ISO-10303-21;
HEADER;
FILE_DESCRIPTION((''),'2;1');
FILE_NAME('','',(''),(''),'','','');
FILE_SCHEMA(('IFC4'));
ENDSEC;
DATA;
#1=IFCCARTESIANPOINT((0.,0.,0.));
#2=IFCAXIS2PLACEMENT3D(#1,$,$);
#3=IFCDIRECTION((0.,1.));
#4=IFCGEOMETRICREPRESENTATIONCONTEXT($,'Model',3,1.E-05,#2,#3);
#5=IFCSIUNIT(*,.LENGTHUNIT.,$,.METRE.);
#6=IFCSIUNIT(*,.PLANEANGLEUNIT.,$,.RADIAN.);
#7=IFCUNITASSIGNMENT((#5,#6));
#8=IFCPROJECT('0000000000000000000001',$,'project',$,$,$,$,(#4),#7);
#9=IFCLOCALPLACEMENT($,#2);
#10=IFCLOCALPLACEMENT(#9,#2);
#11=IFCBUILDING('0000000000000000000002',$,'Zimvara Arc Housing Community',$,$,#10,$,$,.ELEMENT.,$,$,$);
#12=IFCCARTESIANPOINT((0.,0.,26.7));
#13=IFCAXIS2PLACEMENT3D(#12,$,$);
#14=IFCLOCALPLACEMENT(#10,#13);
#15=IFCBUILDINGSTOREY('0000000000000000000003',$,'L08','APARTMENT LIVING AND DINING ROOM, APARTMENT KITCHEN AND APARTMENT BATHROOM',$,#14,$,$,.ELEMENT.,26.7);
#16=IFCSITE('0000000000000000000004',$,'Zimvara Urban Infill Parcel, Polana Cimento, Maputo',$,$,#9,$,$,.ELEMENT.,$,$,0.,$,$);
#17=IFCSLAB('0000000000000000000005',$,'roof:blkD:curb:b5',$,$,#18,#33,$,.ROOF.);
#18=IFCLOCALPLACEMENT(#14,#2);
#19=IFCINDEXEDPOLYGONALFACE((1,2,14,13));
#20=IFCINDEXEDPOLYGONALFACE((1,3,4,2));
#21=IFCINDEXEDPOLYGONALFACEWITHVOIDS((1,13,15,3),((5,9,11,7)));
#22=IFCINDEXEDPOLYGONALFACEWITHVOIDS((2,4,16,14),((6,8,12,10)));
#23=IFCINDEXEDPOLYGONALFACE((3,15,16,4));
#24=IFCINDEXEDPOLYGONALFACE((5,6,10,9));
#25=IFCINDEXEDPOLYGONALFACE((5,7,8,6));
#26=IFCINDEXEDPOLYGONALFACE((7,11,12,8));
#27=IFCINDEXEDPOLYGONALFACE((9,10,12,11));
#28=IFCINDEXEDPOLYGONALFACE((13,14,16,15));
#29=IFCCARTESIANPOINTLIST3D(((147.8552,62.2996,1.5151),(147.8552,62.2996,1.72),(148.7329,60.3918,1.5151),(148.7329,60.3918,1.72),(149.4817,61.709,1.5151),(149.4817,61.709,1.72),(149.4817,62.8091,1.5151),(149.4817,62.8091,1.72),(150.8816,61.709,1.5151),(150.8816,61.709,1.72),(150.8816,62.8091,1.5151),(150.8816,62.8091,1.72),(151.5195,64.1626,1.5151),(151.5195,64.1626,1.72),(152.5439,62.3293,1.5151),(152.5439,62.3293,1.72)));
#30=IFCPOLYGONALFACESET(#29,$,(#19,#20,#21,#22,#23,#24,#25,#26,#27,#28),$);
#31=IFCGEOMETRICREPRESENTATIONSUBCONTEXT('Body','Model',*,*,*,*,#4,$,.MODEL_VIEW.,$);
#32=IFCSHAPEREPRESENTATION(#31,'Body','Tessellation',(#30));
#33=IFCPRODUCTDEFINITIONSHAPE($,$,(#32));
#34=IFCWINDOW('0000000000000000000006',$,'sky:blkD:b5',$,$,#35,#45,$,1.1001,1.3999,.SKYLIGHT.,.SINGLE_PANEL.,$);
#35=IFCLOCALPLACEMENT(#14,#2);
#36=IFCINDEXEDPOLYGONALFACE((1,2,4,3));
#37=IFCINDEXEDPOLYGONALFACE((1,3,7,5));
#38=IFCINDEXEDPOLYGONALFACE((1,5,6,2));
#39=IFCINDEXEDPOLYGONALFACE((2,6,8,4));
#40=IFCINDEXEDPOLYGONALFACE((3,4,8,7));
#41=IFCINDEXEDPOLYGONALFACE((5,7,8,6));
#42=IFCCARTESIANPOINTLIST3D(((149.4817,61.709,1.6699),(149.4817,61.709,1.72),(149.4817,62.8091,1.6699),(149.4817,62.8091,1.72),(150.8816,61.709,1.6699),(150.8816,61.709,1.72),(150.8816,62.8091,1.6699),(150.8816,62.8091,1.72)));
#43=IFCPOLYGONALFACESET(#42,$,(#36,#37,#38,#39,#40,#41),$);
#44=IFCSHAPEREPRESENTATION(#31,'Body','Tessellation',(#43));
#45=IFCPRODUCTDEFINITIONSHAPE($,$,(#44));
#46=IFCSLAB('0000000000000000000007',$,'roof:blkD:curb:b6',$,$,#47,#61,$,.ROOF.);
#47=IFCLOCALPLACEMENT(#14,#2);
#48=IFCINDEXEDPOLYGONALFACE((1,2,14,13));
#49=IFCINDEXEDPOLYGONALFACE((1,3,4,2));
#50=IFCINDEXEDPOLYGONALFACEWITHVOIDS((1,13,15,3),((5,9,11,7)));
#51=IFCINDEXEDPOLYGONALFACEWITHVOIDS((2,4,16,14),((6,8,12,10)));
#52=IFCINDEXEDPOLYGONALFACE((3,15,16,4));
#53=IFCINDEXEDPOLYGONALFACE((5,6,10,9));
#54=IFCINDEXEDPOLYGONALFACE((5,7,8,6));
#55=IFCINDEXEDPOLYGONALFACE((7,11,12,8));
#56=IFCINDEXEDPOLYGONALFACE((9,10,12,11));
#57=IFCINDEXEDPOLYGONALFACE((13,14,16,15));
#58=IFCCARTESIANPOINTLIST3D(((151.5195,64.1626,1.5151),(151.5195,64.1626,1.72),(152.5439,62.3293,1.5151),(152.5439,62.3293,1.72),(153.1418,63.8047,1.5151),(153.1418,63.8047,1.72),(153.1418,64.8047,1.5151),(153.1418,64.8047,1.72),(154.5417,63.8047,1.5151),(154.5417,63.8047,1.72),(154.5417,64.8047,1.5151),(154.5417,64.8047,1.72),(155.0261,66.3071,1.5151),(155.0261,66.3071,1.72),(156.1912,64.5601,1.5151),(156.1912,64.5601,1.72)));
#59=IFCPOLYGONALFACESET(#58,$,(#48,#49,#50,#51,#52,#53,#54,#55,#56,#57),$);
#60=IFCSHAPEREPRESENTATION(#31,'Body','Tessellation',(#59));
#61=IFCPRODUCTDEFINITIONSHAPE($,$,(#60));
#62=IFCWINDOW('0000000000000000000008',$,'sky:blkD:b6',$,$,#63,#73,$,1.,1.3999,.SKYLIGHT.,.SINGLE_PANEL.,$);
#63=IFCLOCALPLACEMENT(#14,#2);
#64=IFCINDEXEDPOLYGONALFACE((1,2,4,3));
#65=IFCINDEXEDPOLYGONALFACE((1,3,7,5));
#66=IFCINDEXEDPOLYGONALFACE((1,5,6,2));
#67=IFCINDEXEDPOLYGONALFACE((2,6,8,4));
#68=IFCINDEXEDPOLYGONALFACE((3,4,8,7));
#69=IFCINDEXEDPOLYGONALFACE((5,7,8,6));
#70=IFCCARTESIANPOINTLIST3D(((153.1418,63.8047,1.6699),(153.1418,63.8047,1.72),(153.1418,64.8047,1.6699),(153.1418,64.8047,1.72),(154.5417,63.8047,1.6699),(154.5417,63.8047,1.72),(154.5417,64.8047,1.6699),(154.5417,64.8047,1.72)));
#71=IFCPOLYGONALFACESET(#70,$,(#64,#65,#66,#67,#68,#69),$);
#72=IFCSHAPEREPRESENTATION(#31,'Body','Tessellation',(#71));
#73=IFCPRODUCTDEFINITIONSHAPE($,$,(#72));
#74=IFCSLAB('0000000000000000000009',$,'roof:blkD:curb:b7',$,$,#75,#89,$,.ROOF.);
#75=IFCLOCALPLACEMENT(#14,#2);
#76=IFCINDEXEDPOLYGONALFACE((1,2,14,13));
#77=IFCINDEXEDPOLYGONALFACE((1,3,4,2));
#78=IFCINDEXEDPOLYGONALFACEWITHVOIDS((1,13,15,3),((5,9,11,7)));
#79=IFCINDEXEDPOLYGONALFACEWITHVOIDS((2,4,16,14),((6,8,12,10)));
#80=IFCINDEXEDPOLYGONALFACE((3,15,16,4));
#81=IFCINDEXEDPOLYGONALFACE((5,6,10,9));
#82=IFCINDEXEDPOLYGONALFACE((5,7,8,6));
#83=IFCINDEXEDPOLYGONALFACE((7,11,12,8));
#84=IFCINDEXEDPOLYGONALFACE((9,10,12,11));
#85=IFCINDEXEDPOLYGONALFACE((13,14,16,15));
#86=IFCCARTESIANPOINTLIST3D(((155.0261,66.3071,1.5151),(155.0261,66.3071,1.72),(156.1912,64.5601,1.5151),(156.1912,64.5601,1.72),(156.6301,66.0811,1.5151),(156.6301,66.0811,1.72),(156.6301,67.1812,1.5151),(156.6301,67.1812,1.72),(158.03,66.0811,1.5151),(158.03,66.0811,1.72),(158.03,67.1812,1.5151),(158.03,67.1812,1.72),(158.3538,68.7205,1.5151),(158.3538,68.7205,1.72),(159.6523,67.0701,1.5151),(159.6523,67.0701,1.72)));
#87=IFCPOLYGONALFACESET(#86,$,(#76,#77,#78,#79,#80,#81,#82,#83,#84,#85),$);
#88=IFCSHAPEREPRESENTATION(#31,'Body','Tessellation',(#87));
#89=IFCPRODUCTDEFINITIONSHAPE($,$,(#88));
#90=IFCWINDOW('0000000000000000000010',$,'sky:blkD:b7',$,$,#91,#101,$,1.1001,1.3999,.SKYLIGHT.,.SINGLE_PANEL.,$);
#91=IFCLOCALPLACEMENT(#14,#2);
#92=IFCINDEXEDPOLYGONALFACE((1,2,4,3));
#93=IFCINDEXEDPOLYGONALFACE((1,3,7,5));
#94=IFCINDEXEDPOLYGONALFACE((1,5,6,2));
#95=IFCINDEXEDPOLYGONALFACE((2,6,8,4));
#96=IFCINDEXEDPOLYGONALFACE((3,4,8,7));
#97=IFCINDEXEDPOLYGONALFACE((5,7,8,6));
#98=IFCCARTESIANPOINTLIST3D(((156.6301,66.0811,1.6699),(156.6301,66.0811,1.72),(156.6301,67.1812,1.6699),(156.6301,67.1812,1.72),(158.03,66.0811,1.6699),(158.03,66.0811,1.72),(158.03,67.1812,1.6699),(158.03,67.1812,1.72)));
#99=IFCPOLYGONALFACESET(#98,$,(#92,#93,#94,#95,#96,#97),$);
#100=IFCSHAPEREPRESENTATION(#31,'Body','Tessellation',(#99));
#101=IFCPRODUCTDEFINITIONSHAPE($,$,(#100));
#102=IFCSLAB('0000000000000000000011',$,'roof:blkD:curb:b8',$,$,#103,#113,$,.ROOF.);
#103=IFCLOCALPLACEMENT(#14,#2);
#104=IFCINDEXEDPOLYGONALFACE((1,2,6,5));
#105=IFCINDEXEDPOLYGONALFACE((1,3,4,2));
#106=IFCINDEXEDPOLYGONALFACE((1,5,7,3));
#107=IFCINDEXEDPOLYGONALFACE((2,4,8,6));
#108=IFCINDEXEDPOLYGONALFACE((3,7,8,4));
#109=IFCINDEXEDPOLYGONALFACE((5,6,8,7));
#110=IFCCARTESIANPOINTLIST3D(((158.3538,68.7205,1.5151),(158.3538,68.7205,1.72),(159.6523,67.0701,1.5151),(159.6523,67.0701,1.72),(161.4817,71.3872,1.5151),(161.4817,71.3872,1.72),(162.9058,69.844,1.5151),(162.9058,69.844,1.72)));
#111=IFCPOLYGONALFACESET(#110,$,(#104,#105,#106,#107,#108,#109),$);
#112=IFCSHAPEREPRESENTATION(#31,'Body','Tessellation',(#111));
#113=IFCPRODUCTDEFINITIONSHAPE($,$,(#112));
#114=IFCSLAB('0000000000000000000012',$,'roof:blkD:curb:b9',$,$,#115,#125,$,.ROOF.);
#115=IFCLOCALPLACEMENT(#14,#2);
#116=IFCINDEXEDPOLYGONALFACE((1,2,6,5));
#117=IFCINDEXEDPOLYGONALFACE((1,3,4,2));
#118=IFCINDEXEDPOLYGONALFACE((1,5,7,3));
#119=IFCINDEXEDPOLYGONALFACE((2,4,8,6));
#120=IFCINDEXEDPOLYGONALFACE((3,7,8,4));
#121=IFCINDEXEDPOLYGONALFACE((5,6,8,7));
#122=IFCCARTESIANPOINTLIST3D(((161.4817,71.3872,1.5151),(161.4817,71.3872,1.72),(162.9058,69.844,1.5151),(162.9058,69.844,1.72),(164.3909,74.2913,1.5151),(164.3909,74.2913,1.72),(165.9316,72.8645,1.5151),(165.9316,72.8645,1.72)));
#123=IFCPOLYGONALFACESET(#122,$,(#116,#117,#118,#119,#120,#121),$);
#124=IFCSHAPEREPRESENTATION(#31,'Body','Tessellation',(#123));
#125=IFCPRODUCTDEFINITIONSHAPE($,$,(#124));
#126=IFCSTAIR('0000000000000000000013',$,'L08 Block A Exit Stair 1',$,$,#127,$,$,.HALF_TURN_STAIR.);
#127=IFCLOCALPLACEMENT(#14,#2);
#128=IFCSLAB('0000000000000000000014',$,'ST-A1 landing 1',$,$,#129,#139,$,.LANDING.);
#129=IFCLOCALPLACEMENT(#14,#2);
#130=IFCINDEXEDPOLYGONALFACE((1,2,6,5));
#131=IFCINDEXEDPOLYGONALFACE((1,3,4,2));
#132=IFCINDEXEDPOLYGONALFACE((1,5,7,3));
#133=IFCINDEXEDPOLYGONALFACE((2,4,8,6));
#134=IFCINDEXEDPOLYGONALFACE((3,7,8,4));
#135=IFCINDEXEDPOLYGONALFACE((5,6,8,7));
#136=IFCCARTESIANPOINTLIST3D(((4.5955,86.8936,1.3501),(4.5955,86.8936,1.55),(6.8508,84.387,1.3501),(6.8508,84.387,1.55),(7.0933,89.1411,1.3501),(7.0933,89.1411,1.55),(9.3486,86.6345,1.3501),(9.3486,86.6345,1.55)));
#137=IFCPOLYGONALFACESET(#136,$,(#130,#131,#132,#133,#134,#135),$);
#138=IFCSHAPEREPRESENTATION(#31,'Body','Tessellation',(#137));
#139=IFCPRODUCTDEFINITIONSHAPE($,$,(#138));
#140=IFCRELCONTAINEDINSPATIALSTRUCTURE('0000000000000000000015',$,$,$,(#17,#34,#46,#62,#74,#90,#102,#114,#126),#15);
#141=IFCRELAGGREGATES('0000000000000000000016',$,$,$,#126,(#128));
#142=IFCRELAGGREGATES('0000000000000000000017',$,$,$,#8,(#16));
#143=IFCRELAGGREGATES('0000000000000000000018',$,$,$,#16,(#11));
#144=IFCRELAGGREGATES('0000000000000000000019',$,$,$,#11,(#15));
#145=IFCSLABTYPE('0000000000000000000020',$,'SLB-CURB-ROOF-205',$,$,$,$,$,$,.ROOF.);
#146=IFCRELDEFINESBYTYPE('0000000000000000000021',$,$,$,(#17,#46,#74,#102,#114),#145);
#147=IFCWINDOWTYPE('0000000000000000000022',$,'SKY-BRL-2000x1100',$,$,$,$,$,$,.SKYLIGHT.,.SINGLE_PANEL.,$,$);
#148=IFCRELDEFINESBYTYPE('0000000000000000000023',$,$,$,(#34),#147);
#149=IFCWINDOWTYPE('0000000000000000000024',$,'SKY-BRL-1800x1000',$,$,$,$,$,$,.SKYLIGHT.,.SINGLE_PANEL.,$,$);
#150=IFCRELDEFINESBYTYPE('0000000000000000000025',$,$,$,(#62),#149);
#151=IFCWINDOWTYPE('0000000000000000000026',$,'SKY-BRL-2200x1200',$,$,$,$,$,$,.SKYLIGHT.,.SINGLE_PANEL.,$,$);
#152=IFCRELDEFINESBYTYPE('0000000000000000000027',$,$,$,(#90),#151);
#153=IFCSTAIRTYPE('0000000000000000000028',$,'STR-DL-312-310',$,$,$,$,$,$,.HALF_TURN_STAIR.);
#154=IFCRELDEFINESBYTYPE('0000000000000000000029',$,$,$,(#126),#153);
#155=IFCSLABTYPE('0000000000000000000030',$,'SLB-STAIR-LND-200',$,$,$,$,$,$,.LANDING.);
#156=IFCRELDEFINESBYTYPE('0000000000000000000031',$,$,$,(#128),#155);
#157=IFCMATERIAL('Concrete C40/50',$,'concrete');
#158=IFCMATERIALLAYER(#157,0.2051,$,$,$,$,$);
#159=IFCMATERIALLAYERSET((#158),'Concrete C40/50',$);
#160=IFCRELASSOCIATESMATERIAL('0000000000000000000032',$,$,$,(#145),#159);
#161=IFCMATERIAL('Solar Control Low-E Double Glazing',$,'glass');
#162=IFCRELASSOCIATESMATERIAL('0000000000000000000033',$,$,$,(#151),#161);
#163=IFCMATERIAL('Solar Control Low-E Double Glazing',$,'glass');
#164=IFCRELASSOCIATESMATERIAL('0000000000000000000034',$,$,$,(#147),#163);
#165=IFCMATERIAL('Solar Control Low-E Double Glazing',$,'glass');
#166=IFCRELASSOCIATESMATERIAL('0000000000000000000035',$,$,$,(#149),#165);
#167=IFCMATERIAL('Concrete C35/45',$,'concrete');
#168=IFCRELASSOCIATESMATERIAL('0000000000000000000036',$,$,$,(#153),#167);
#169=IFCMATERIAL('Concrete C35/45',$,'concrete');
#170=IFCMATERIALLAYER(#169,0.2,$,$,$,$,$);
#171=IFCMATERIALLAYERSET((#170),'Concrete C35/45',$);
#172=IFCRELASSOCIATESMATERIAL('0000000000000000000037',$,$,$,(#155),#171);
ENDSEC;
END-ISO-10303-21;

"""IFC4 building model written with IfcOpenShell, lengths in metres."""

from ifc_helpers import new_model, si_unit, direction, frame, origin, origin_2d, place, context, subcontext, project, spatial, polyline, rectangle, outline, extrude, material, layer, layer_set, type_object, element, fill, aggregate, save


model = new_model("IFC4")

# Units and contexts
model_context = context("Model", 3, precision=1e-05, world=origin(), true_north=direction((0.0, 1.0)))
body_context = subcontext(model_context, "Body", "Model", "MODEL_VIEW")
ifc_project = project(units=[si_unit("LENGTHUNIT", "METRE"), si_unit("PLANEANGLEUNIT", "RADIAN")], contexts=[model_context])

# Site, building, storey
site_placement = place(None, origin())
site = spatial("IfcSite", under=ifc_project, at=site_placement, Name="Zimvara Urban Infill Parcel, Polana Cimento, Maputo", CompositionType="ELEMENT", RefElevation=0.0)
building_placement = place(site_placement, origin())
building = spatial("IfcBuilding", under=site, at=building_placement, Name="Zimvara Arc Housing Community", CompositionType="ELEMENT")
storey_placement = place(building_placement, frame((0.0, 0.0, 26.7)))
storey = spatial("IfcBuildingStorey", under=building, at=storey_placement, Name="L08", Description="APARTMENT LIVING AND DINING ROOM, APARTMENT KITCHEN AND APARTMENT BATHROOM", CompositionType="ELEMENT", Elevation=26.7)

# Slabs, openings, windows
ifc_material_1 = material(Name="Concrete C40/50", Category="concrete")
ifc_layer_1 = layer(ifc_material_1, 0.2051)
ifc_layer_set_1 = layer_set([ifc_layer_1], Name="Concrete C40/50")
slab_type_1 = type_object("IfcSlabType", Name="SLB-CURB-ROOF-205", PredefinedType="ROOF", material=ifc_layer_set_1)
ifc_material_2 = material(Name="Solar Control Low-E Double Glazing", Category="glass")
window_type_1 = type_object("IfcWindowType", Name="SKY-BRL-2200x1200", PartitioningType="SINGLE_PANEL", PredefinedType="SKYLIGHT", material=ifc_material_2)
ifc_material_3 = material(Name="Solar Control Low-E Double Glazing", Category="glass")
window_type_2 = type_object("IfcWindowType", Name="SKY-BRL-2000x1100", PartitioningType="SINGLE_PANEL", PredefinedType="SKYLIGHT", material=ifc_material_3)
ifc_material_4 = material(Name="Solar Control Low-E Double Glazing", Category="glass")
window_type_3 = type_object("IfcWindowType", Name="SKY-BRL-1800x1000", PartitioningType="SINGLE_PANEL", PredefinedType="SKYLIGHT", material=ifc_material_4)
slab_1_placement = place(storey_placement, frame((0.0, 0.0, 1.5151)))
slab_1 = element("IfcSlab", 1, at=slab_1_placement, inside=storey, type_object=slab_type_1, Name="roof:blkD:curb:b5", PredefinedType="ROOF", context=body_context, shape_type="SweptSolid", body=[
    extrude(outline(polyline([(148.7329, 60.3918), (152.5439, 62.3293), (151.5195, 64.1626), (147.8552, 62.2996), (148.7329, 60.3918)])), origin(), (0.0, 0.0, 1.0), 0.2048),
])
opening_1_placement = place(slab_1_placement, frame((150.1816, 62.259, 0.0)))
opening_1 = element("IfcOpeningElement", 2, at=opening_1_placement, cuts=slab_1, PredefinedType="OPENING", context=body_context, shape_type="SweptSolid", body=[
    extrude(rectangle(XDim=1.3999, YDim=1.1001, at=origin_2d()), origin(), (0.0, 0.0, 1.0), 0.2048),
])
window_1_placement = place(opening_1_placement, frame((0.0, 0.0, 0.1548)))
window_1 = element("IfcWindow", 3, at=window_1_placement, inside=storey, type_object=window_type_2, Name="sky:blkD:b5", OverallHeight=1.1001, OverallWidth=1.3999, PartitioningType="SINGLE_PANEL", PredefinedType="SKYLIGHT", context=body_context, shape_type="SweptSolid", body=[
    extrude(rectangle(XDim=1.3999, YDim=1.1001, at=origin_2d()), origin(), (0.0, 0.0, 1.0), 0.05),
])
fill(opening_1, window_1)
slab_2_placement = place(storey_placement, frame((0.0, 0.0, 1.5151)))
slab_2 = element("IfcSlab", 4, at=slab_2_placement, inside=storey, type_object=slab_type_1, Name="roof:blkD:curb:b6", PredefinedType="ROOF", context=body_context, shape_type="SweptSolid", body=[
    extrude(outline(polyline([(152.5439, 62.3293), (156.1912, 64.5601), (155.0261, 66.3071), (151.5195, 64.1626), (152.5439, 62.3293)])), origin(), (0.0, 0.0, 1.0), 0.2048),
])
opening_2_placement = place(slab_2_placement, frame((153.8418, 64.3047, 0.0)))
opening_2 = element("IfcOpeningElement", 5, at=opening_2_placement, cuts=slab_2, PredefinedType="OPENING", context=body_context, shape_type="SweptSolid", body=[
    extrude(rectangle(XDim=1.3999, YDim=1.0, at=origin_2d()), origin(), (0.0, 0.0, 1.0), 0.2048),
])
window_2_placement = place(opening_2_placement, frame((0.0, 0.0, 0.1548)))
window_2 = element("IfcWindow", 6, at=window_2_placement, inside=storey, type_object=window_type_3, Name="sky:blkD:b6", OverallHeight=1.0, OverallWidth=1.3999, PartitioningType="SINGLE_PANEL", PredefinedType="SKYLIGHT", context=body_context, shape_type="SweptSolid", body=[
    extrude(rectangle(XDim=1.3999, YDim=1.0, at=origin_2d()), origin(), (0.0, 0.0, 1.0), 0.05),
])
fill(opening_2, window_2)
slab_3_placement = place(storey_placement, frame((0.0, 0.0, 1.5151)))
slab_3 = element("IfcSlab", 7, at=slab_3_placement, inside=storey, type_object=slab_type_1, Name="roof:blkD:curb:b7", PredefinedType="ROOF", context=body_context, shape_type="SweptSolid", body=[
    extrude(outline(polyline([(156.1912, 64.5601), (159.6523, 67.0701), (158.3538, 68.7205), (155.0261, 66.3071), (156.1912, 64.5601)])), origin(), (0.0, 0.0, 1.0), 0.2048),
])
opening_3_placement = place(slab_3_placement, frame((157.3301, 66.6311, 0.0)))
opening_3 = element("IfcOpeningElement", 8, at=opening_3_placement, cuts=slab_3, PredefinedType="OPENING", context=body_context, shape_type="SweptSolid", body=[
    extrude(rectangle(XDim=1.3999, YDim=1.1001, at=origin_2d()), origin(), (0.0, 0.0, 1.0), 0.2048),
])
window_3_placement = place(opening_3_placement, frame((0.0, 0.0, 0.1548)))
window_3 = element("IfcWindow", 9, at=window_3_placement, inside=storey, type_object=window_type_1, Name="sky:blkD:b7", OverallHeight=1.1001, OverallWidth=1.3999, PartitioningType="SINGLE_PANEL", PredefinedType="SKYLIGHT", context=body_context, shape_type="SweptSolid", body=[
    extrude(rectangle(XDim=1.3999, YDim=1.1001, at=origin_2d()), origin(), (0.0, 0.0, 1.0), 0.05),
])
fill(opening_3, window_3)

# Slabs
slab_4_placement = place(storey_placement, frame((0.0, 0.0, 1.5151)))
element("IfcSlab", 10, at=slab_4_placement, inside=storey, type_object=slab_type_1, Name="roof:blkD:curb:b8", PredefinedType="ROOF", context=body_context, shape_type="SweptSolid", body=[
    extrude(outline(polyline([(159.6523, 67.0701), (162.9058, 69.844), (161.4817, 71.3872), (158.3538, 68.7205), (159.6523, 67.0701)])), origin(), (0.0, 0.0, 1.0), 0.2048),
])
slab_5_placement = place(storey_placement, frame((0.0, 0.0, 1.5151)))
element("IfcSlab", 11, at=slab_5_placement, inside=storey, type_object=slab_type_1, Name="roof:blkD:curb:b9", PredefinedType="ROOF", context=body_context, shape_type="SweptSolid", body=[
    extrude(outline(polyline([(162.9058, 69.844), (165.9316, 72.8645), (164.3909, 74.2913), (161.4817, 71.3872), (162.9058, 69.844)])), origin(), (0.0, 0.0, 1.0), 0.2048),
])

# Stair, slab
ifc_material_5 = material(Name="Concrete C35/45", Category="concrete")
stair_type = type_object("IfcStairType", Name="STR-DL-312-310", PredefinedType="HALF_TURN_STAIR", material=ifc_material_5)
stair_placement = place(storey_placement, origin())
stair = element("IfcStair", 12, at=stair_placement, inside=storey, type_object=stair_type, Name="L08 Block A Exit Stair 1", PredefinedType="HALF_TURN_STAIR")
ifc_material_6 = material(Name="Concrete C35/45", Category="concrete")
ifc_layer_2 = layer(ifc_material_6, 0.2)
ifc_layer_set_2 = layer_set([ifc_layer_2], Name="Concrete C35/45")
slab_type_2 = type_object("IfcSlabType", Name="SLB-STAIR-LND-200", PredefinedType="LANDING", material=ifc_layer_set_2)
slab_6_placement = place(storey_placement, frame((0.0, 0.0, 1.3501)))
slab_6 = element("IfcSlab", 13, at=slab_6_placement, type_object=slab_type_2, Name="ST-A1 landing 1", PredefinedType="LANDING", context=body_context, shape_type="SweptSolid", body=[
    extrude(outline(polyline([(9.3486, 86.6345), (7.0933, 89.1411), (4.5955, 86.8936), (6.8508, 84.387), (9.3486, 86.6345)])), origin(), (0.0, 0.0, 1.0), 0.2),
])
aggregate(stair, [slab_6])

save(model, "model.ifc")
